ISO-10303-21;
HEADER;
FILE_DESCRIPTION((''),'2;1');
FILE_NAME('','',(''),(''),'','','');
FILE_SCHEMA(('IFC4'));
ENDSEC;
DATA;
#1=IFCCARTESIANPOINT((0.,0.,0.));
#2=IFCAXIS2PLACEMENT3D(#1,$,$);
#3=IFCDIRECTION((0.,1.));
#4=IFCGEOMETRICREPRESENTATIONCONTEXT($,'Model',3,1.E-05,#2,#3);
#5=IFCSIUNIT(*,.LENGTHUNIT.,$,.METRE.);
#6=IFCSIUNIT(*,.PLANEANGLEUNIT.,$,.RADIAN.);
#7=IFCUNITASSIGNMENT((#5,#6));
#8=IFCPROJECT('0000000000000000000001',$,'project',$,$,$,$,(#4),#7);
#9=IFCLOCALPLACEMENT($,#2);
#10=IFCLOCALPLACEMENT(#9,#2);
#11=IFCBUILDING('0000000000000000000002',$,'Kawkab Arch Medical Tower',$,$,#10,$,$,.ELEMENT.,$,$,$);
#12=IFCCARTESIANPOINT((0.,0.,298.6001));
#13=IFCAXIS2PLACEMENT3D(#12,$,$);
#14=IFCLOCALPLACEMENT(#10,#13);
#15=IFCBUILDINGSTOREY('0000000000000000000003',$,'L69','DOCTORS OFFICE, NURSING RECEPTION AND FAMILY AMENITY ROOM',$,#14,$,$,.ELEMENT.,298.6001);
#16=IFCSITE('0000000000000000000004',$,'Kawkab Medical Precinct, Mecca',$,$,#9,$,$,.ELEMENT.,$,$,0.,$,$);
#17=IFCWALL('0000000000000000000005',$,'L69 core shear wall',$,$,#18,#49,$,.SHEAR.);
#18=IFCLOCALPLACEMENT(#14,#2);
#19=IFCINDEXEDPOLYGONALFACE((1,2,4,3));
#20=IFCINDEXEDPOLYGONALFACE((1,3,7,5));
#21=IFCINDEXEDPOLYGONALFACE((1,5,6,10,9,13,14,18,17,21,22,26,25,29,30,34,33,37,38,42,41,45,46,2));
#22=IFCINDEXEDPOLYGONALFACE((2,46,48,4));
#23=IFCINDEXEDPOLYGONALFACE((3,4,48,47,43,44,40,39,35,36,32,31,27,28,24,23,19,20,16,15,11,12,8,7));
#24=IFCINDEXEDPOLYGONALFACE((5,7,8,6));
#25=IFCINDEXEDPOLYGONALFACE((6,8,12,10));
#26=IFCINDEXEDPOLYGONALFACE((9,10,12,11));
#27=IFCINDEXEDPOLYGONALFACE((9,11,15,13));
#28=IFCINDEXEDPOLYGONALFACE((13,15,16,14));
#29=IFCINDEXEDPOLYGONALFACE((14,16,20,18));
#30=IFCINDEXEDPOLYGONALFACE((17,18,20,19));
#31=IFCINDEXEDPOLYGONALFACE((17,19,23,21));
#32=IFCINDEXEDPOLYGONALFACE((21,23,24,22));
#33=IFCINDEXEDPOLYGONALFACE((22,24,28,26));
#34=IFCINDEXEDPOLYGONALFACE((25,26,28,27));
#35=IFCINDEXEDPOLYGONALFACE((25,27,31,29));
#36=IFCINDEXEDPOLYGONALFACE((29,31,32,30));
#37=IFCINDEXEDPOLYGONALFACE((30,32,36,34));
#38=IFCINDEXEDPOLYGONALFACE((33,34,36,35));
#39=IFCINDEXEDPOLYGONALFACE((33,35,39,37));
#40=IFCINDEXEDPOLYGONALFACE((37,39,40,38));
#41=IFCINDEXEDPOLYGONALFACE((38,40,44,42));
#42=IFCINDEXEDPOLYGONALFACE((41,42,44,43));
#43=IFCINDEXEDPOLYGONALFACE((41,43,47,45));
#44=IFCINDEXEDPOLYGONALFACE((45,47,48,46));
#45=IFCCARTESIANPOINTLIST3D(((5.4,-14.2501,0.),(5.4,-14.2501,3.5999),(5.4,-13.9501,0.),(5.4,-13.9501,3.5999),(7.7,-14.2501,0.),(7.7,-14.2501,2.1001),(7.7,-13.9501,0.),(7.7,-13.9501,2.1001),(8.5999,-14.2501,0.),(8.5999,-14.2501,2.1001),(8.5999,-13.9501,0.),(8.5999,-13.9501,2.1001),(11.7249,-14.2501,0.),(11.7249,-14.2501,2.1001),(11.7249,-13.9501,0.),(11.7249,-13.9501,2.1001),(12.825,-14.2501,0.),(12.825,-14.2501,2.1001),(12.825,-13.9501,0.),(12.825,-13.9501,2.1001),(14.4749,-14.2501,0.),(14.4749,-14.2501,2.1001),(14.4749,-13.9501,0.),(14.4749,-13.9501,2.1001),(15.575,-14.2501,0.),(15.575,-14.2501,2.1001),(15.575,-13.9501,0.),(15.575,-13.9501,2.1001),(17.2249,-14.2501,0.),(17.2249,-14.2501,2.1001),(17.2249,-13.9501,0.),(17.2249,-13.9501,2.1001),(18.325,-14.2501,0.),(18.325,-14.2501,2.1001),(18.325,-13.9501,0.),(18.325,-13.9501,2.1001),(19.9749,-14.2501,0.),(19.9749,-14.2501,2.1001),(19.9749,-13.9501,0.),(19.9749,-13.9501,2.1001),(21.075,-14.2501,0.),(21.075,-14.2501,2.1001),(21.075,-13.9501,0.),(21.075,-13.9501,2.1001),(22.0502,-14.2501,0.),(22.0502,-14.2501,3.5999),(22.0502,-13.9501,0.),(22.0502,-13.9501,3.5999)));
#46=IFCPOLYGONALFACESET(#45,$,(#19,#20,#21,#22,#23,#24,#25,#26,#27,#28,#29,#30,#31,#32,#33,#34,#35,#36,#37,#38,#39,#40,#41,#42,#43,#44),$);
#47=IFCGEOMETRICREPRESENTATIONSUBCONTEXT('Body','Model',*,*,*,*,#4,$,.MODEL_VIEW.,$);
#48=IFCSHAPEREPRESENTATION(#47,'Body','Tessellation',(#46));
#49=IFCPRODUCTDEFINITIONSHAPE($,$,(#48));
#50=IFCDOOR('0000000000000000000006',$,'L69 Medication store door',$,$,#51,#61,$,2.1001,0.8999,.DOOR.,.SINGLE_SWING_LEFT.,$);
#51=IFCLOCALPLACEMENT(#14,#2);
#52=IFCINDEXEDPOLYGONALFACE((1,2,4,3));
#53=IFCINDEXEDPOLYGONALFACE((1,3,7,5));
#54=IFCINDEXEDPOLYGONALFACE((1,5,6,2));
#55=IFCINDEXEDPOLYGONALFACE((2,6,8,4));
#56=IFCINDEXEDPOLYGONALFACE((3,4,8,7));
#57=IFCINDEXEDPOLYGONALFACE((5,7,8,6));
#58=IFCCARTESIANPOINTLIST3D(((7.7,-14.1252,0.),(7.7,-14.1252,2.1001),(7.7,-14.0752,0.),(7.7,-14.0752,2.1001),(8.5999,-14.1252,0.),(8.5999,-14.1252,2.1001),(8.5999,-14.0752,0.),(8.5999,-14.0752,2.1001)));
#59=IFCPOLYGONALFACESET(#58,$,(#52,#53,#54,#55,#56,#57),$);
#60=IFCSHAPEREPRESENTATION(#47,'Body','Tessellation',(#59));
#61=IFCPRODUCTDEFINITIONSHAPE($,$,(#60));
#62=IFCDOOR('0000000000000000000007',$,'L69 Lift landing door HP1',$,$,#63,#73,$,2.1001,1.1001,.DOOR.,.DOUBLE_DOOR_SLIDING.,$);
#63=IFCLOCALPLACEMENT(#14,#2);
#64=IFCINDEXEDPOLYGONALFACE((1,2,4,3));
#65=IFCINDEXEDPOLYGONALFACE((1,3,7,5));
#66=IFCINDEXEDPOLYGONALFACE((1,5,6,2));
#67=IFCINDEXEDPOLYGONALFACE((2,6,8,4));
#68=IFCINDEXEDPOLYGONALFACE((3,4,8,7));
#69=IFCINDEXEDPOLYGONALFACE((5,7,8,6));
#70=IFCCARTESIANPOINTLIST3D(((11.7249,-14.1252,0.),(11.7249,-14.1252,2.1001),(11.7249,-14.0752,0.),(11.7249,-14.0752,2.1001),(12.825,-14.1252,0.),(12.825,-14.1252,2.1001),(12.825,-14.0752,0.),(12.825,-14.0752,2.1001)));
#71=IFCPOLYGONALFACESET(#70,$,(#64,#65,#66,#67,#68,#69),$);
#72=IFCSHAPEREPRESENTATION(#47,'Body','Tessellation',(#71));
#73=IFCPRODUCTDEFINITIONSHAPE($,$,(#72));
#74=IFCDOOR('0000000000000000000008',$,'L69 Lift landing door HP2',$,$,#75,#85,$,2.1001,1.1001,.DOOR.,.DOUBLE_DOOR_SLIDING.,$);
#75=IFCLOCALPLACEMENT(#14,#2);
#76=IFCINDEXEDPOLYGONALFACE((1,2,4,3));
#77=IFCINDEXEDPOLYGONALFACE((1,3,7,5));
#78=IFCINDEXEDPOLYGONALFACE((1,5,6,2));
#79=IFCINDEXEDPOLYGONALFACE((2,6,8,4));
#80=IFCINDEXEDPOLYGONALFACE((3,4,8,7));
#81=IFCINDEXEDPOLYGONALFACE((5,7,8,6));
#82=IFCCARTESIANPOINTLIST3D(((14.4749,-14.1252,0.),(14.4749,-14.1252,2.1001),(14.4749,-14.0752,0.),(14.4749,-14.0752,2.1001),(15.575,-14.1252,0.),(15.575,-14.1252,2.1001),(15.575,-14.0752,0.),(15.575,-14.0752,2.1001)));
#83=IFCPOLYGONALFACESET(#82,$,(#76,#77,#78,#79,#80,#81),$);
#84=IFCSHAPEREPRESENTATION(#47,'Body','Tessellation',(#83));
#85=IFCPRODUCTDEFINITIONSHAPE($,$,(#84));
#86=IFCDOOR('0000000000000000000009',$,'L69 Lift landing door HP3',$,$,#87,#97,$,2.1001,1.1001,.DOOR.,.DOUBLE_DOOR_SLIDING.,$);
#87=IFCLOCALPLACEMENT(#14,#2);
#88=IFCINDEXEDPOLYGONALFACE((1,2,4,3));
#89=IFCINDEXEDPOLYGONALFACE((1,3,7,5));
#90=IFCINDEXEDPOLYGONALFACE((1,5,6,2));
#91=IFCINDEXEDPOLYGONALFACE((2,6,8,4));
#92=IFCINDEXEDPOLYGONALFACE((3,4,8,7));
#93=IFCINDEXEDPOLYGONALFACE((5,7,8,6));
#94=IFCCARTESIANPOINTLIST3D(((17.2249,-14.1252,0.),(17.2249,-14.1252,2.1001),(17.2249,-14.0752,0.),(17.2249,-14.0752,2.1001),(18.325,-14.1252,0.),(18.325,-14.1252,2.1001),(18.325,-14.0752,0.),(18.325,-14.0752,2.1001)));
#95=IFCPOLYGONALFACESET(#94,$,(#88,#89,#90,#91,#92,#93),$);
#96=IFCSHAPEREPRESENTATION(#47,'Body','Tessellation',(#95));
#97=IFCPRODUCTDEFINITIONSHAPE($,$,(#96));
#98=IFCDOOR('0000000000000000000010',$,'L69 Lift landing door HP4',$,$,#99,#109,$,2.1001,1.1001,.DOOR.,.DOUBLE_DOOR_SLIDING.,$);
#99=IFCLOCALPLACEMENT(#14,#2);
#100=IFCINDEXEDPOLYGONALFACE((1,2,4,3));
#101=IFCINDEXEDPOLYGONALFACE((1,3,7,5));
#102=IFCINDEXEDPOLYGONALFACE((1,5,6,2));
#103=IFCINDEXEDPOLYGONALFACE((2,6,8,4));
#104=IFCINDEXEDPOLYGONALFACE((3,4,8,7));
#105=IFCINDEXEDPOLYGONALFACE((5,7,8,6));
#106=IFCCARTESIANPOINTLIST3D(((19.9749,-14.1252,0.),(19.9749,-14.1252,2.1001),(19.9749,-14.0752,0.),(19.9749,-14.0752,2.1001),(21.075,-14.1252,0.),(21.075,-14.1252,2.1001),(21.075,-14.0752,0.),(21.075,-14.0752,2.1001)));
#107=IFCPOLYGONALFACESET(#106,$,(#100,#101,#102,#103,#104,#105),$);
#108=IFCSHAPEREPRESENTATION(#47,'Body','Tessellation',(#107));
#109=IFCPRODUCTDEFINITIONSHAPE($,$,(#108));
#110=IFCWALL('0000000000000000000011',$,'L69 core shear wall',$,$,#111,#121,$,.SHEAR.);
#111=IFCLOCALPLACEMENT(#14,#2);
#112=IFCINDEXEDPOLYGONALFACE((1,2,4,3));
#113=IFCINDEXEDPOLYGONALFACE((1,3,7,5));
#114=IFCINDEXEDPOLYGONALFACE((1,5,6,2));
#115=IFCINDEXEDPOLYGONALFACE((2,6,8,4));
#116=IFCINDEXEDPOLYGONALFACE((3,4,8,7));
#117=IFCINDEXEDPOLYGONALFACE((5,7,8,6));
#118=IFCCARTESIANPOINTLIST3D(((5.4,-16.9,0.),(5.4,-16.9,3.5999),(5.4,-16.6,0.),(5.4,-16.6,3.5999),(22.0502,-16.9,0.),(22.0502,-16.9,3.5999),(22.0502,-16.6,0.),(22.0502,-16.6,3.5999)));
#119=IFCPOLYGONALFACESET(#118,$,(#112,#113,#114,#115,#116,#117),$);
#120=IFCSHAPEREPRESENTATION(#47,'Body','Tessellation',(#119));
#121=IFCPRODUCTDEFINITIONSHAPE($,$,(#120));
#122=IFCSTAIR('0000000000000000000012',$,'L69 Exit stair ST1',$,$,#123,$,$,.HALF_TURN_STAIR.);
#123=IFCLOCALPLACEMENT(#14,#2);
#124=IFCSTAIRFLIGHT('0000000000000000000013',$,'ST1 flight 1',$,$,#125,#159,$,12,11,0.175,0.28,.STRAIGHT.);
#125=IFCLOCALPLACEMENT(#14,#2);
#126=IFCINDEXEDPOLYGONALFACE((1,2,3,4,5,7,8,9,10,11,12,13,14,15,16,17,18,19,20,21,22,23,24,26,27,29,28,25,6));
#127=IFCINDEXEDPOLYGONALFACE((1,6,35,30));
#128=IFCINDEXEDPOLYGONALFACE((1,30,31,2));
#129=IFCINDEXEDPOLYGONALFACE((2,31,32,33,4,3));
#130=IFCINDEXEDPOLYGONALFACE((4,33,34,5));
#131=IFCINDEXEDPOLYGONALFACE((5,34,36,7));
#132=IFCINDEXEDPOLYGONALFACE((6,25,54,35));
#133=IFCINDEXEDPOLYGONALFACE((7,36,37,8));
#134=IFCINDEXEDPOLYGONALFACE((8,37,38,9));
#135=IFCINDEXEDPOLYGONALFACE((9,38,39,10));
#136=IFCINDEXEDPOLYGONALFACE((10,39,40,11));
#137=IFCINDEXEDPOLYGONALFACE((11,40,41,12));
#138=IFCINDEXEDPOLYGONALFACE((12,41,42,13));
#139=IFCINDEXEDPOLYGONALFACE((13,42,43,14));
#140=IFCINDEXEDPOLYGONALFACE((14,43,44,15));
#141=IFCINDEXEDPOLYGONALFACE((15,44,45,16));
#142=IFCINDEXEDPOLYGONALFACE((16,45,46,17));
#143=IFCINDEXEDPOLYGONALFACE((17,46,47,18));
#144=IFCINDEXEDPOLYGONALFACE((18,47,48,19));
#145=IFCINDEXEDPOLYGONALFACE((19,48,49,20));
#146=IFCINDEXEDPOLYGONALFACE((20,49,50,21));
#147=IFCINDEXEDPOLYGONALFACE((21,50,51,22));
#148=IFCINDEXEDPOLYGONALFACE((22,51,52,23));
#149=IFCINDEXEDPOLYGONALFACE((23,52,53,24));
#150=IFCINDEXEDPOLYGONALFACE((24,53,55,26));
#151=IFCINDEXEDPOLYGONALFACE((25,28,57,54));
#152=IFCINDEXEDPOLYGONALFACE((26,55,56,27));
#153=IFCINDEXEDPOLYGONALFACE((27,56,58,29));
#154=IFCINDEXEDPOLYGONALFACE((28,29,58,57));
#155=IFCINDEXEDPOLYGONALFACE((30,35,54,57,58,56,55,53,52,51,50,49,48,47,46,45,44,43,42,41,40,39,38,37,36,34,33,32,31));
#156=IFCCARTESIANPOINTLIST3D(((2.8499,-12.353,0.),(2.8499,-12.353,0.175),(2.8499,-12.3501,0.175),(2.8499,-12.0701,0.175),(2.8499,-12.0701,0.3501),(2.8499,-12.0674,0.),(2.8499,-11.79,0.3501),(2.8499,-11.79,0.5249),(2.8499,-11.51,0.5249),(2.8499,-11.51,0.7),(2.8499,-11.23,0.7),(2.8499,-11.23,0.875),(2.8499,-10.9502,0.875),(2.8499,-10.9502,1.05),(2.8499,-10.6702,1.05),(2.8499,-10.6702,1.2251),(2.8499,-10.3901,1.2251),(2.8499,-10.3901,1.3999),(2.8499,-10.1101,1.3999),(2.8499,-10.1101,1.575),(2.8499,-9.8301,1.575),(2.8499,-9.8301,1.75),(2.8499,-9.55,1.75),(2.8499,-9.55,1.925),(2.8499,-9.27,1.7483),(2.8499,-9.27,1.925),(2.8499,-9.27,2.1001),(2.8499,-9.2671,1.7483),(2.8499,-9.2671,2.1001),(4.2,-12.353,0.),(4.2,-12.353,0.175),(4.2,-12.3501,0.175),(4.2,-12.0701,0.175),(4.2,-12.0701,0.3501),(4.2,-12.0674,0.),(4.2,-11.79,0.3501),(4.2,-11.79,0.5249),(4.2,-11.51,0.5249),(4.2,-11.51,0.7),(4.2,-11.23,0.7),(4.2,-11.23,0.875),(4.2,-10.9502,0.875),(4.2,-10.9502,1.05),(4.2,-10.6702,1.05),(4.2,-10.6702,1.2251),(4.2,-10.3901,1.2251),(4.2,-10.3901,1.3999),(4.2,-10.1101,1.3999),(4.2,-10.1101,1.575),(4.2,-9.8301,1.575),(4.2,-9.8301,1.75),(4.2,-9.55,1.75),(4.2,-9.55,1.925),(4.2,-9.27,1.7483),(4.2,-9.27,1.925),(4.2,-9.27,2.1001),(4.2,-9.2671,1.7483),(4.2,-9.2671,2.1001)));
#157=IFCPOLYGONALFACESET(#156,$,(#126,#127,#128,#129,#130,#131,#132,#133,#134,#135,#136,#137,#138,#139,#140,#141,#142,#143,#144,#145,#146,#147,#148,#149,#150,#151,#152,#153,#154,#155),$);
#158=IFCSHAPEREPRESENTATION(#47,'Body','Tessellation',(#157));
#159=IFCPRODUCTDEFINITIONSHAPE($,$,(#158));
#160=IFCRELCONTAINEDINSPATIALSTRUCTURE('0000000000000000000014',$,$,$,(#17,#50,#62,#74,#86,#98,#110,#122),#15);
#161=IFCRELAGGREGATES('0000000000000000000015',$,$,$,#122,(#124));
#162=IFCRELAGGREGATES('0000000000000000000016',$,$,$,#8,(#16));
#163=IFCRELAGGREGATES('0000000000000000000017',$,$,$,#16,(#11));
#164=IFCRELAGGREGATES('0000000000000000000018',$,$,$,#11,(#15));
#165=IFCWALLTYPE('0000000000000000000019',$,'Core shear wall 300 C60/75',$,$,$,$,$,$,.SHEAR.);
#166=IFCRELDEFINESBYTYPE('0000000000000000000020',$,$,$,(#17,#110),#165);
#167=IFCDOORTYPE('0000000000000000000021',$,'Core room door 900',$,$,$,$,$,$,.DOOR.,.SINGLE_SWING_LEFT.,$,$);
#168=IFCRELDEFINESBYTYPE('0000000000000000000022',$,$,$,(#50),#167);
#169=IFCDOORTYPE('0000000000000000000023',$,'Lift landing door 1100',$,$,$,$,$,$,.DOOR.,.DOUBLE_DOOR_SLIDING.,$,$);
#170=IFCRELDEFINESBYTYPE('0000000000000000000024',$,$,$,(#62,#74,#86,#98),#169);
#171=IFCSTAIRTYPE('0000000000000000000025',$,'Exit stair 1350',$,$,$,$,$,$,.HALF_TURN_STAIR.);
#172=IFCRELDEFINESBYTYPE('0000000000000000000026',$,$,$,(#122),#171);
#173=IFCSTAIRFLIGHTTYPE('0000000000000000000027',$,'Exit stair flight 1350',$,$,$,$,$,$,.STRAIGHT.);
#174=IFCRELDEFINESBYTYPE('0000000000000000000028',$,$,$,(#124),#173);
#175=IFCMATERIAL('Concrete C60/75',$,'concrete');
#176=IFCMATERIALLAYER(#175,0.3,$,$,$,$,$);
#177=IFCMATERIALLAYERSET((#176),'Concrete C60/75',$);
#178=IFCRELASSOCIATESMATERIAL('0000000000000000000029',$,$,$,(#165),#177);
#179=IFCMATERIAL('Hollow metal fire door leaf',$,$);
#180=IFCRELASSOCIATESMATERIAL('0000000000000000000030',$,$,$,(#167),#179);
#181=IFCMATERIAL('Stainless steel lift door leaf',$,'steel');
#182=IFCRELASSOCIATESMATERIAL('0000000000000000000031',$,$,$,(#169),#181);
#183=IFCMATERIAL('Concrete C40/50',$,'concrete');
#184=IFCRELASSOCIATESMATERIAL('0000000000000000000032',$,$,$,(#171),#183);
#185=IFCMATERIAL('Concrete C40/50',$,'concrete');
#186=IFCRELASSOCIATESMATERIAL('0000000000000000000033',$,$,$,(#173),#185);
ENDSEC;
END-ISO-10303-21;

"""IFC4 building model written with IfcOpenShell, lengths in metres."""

from ifc_helpers import new_model, si_unit, direction, frame, frame_2d, origin, place, context, subcontext, project, spatial, polyline, rectangle, outline, extrude, material, layer, layer_set, type_object, element, fill, aggregate, save


model = new_model("IFC4")

# Units and contexts
model_context = context("Model", 3, precision=1e-05, world=origin(), true_north=direction((0.0, 1.0)))
body_context = subcontext(model_context, "Body", "Model", "MODEL_VIEW")
ifc_project = project(units=[si_unit("LENGTHUNIT", "METRE"), si_unit("PLANEANGLEUNIT", "RADIAN")], contexts=[model_context])

# Site, building, storey
site_placement = place(None, origin())
site = spatial("IfcSite", under=ifc_project, at=site_placement, Name="Kawkab Medical Precinct, Mecca", CompositionType="ELEMENT", RefElevation=0.0)
building_placement = place(site_placement, origin())
building = spatial("IfcBuilding", under=site, at=building_placement, Name="Kawkab Arch Medical Tower", CompositionType="ELEMENT")
storey_placement = place(building_placement, frame((0.0, 0.0, 298.6001)))
storey = spatial("IfcBuildingStorey", under=building, at=storey_placement, Name="L69", Description="DOCTORS OFFICE, NURSING RECEPTION AND FAMILY AMENITY ROOM", CompositionType="ELEMENT", Elevation=298.6001)

# Wall, openings, doors
ifc_material_1 = material(Name="Concrete C60/75", Category="concrete")
ifc_layer = layer(ifc_material_1, 0.3)
ifc_layer_set = layer_set([ifc_layer], Name="Concrete C60/75")
wall_type = type_object("IfcWallType", Name="Core shear wall 300 C60/75", PredefinedType="SHEAR", material=ifc_layer_set)
wall_1_placement = place(storey_placement, frame((5.3999, -14.1001, 0.0), z_axis=(0.0, 0.0, 1.0), x_axis=(1.0, 0.0, 0.0)))
wall_1 = element("IfcWall", 1, at=wall_1_placement, inside=storey, type_object=wall_type, Name="L69 core shear wall", PredefinedType="SHEAR", context=body_context, shape_type="SweptSolid", body=[
    extrude(rectangle(XDim=16.6501, YDim=0.3, at=frame_2d((8.3252, 0.0))), origin(), (0.0, 0.0, 1.0), 3.5999),
])
opening_1_placement = place(wall_1_placement, frame((6.325, 0.0, 0.0)))
opening_1 = element("IfcOpeningElement", 2, at=opening_1_placement, cuts=wall_1, PredefinedType="OPENING", context=body_context, shape_type="SweptSolid", body=[
    extrude(rectangle(XDim=1.1001, YDim=2.1001, at=frame_2d((0.55, 1.05))), frame((0.0, 0.1599, 0.0), z_axis=(0.0, -1.0, 0.0), x_axis=(1.0, 0.0, 0.0)), (0.0, 0.0, 1.0), 0.3201),
])
opening_2_placement = place(wall_1_placement, frame((9.075, 0.0, 0.0)))
opening_2 = element("IfcOpeningElement", 3, at=opening_2_placement, cuts=wall_1, PredefinedType="OPENING", context=body_context, shape_type="SweptSolid", body=[
    extrude(rectangle(XDim=1.1001, YDim=2.1001, at=frame_2d((0.55, 1.05))), frame((0.0, 0.1599, 0.0), z_axis=(0.0, -1.0, 0.0), x_axis=(1.0, 0.0, 0.0)), (0.0, 0.0, 1.0), 0.3201),
])
opening_3_placement = place(wall_1_placement, frame((11.825, 0.0, 0.0)))
opening_3 = element("IfcOpeningElement", 4, at=opening_3_placement, cuts=wall_1, PredefinedType="OPENING", context=body_context, shape_type="SweptSolid", body=[
    extrude(rectangle(XDim=1.1001, YDim=2.1001, at=frame_2d((0.55, 1.05))), frame((0.0, 0.1599, 0.0), z_axis=(0.0, -1.0, 0.0), x_axis=(1.0, 0.0, 0.0)), (0.0, 0.0, 1.0), 0.3201),
])
opening_4_placement = place(wall_1_placement, frame((14.575, 0.0, 0.0)))
opening_4 = element("IfcOpeningElement", 5, at=opening_4_placement, cuts=wall_1, PredefinedType="OPENING", context=body_context, shape_type="SweptSolid", body=[
    extrude(rectangle(XDim=1.1001, YDim=2.1001, at=frame_2d((0.55, 1.05))), frame((0.0, 0.1599, 0.0), z_axis=(0.0, -1.0, 0.0), x_axis=(1.0, 0.0, 0.0)), (0.0, 0.0, 1.0), 0.3201),
])
opening_5_placement = place(wall_1_placement, frame((2.3, 0.0, 0.0)))
opening_5 = element("IfcOpeningElement", 6, at=opening_5_placement, cuts=wall_1, PredefinedType="OPENING", context=body_context, shape_type="SweptSolid", body=[
    extrude(rectangle(XDim=0.8999, YDim=2.1001, at=frame_2d((0.45, 1.05))), frame((0.0, 0.1599, 0.0), z_axis=(0.0, -1.0, 0.0), x_axis=(1.0, 0.0, 0.0)), (0.0, 0.0, 1.0), 0.3201),
])
ifc_material_2 = material(Name="Hollow metal fire door leaf")
door_type_1 = type_object("IfcDoorType", Name="Core room door 900", OperationType="SINGLE_SWING_LEFT", PredefinedType="DOOR", material=ifc_material_2)
door_1_placement = place(opening_5_placement, origin())
door_1 = element("IfcDoor", 7, at=door_1_placement, inside=storey, type_object=door_type_1, Name="L69 Medication store door", OperationType="SINGLE_SWING_LEFT", OverallHeight=2.1001, OverallWidth=0.8999, PredefinedType="DOOR", context=body_context, shape_type="SweptSolid", body=[
    extrude(rectangle(XDim=0.8999, YDim=2.1001, at=frame_2d((0.45, 1.05))), frame((0.0, 0.0249, 0.0), z_axis=(0.0, -1.0, 0.0), x_axis=(1.0, 0.0, 0.0)), (0.0, 0.0, 1.0), 0.05),
])
fill(opening_5, door_1)
ifc_material_3 = material(Name="Stainless steel lift door leaf", Category="steel")
door_type_2 = type_object("IfcDoorType", Name="Lift landing door 1100", OperationType="DOUBLE_DOOR_SLIDING", PredefinedType="DOOR", material=ifc_material_3)
door_2_placement = place(opening_1_placement, origin())
door_2 = element("IfcDoor", 8, at=door_2_placement, inside=storey, type_object=door_type_2, Name="L69 Lift landing door HP1", OperationType="DOUBLE_DOOR_SLIDING", OverallHeight=2.1001, OverallWidth=1.1001, PredefinedType="DOOR", context=body_context, shape_type="SweptSolid", body=[
    extrude(rectangle(XDim=1.1001, YDim=2.1001, at=frame_2d((0.55, 1.05))), frame((0.0, 0.0249, 0.0), z_axis=(0.0, -1.0, 0.0), x_axis=(1.0, 0.0, 0.0)), (0.0, 0.0, 1.0), 0.05),
])
fill(opening_1, door_2)
door_3_placement = place(opening_2_placement, origin())
door_3 = element("IfcDoor", 9, at=door_3_placement, inside=storey, type_object=door_type_2, Name="L69 Lift landing door HP2", OperationType="DOUBLE_DOOR_SLIDING", OverallHeight=2.1001, OverallWidth=1.1001, PredefinedType="DOOR", context=body_context, shape_type="SweptSolid", body=[
    extrude(rectangle(XDim=1.1001, YDim=2.1001, at=frame_2d((0.55, 1.05))), frame((0.0, 0.0249, 0.0), z_axis=(0.0, -1.0, 0.0), x_axis=(1.0, 0.0, 0.0)), (0.0, 0.0, 1.0), 0.05),
])
fill(opening_2, door_3)
door_4_placement = place(opening_3_placement, origin())
door_4 = element("IfcDoor", 10, at=door_4_placement, inside=storey, type_object=door_type_2, Name="L69 Lift landing door HP3", OperationType="DOUBLE_DOOR_SLIDING", OverallHeight=2.1001, OverallWidth=1.1001, PredefinedType="DOOR", context=body_context, shape_type="SweptSolid", body=[
    extrude(rectangle(XDim=1.1001, YDim=2.1001, at=frame_2d((0.55, 1.05))), frame((0.0, 0.0249, 0.0), z_axis=(0.0, -1.0, 0.0), x_axis=(1.0, 0.0, 0.0)), (0.0, 0.0, 1.0), 0.05),
])
fill(opening_3, door_4)
door_5_placement = place(opening_4_placement, origin())
door_5 = element("IfcDoor", 11, at=door_5_placement, inside=storey, type_object=door_type_2, Name="L69 Lift landing door HP4", OperationType="DOUBLE_DOOR_SLIDING", OverallHeight=2.1001, OverallWidth=1.1001, PredefinedType="DOOR", context=body_context, shape_type="SweptSolid", body=[
    extrude(rectangle(XDim=1.1001, YDim=2.1001, at=frame_2d((0.55, 1.05))), frame((0.0, 0.0249, 0.0), z_axis=(0.0, -1.0, 0.0), x_axis=(1.0, 0.0, 0.0)), (0.0, 0.0, 1.0), 0.05),
])
fill(opening_4, door_5)

# Wall
wall_2_placement = place(storey_placement, frame((5.3999, -16.75, 0.0), z_axis=(0.0, 0.0, 1.0), x_axis=(1.0, 0.0, 0.0)))
element("IfcWall", 12, at=wall_2_placement, inside=storey, type_object=wall_type, Name="L69 core shear wall", PredefinedType="SHEAR", context=body_context, shape_type="SweptSolid", body=[
    extrude(rectangle(XDim=16.6501, YDim=0.3, at=frame_2d((8.3252, 0.0))), origin(), (0.0, 0.0, 1.0), 3.5999),
])

# Stair, stair flight
ifc_material_4 = material(Name="Concrete C40/50", Category="concrete")
stair_type = type_object("IfcStairType", Name="Exit stair 1350", PredefinedType="HALF_TURN_STAIR", material=ifc_material_4)
placement = place(storey_placement, origin())
stair_1 = element("IfcStair", 13, at=placement, inside=storey, type_object=stair_type, Name="L69 Exit stair ST1", PredefinedType="HALF_TURN_STAIR")
ifc_material_5 = material(Name="Concrete C40/50", Category="concrete")
stair_flight_type = type_object("IfcStairFlightType", Name="Exit stair flight 1350", PredefinedType="STRAIGHT", material=ifc_material_5)
stair_flight_1_placement = place(storey_placement, frame((3.5249, -12.3501, 0.0), z_axis=(0.0, 0.0, 1.0), x_axis=(0.0, 1.0, 0.0)))
stair_flight_1 = element("IfcStairFlight", 14, at=stair_flight_1_placement, type_object=stair_flight_type, Name="ST1 flight 1", NumberOfRisers=12, NumberOfTreads=11, PredefinedType="STRAIGHT", RiserHeight=0.175, TreadLength=0.28, context=body_context, shape_type="SweptSolid", body=[
    extrude(outline(polyline([(-0.0029, 0.0), (-0.0029, 0.175), (0.0, 0.175), (0.28, 0.175), (0.28, 0.3501), (0.5601, 0.3501), (0.5601, 0.5249), (0.8401, 0.5249), (0.8401, 0.7), (1.1201, 0.7), (1.1201, 0.875), (1.3999, 0.875), (1.3999, 1.05), (1.6799, 1.05), (1.6799, 1.2251), (1.96, 1.2251), (1.96, 1.3999), (2.24, 1.3999), (2.24, 1.575), (2.52, 1.575), (2.52, 1.75), (2.8, 1.75), (2.8, 1.925), (3.0801, 1.925), (3.0801, 2.1001), (3.083, 2.1001), (3.083, 1.7483), (3.0801, 1.7483), (0.2827, 0.0), (-0.0029, 0.0)])), frame((0.0, 0.675, 0.0), z_axis=(0.0, -1.0, 0.0), x_axis=(1.0, 0.0, 0.0)), (0.0, 0.0, 1.0), 1.3501),
])
aggregate(stair_1, [stair_flight_1])

save(model, "model.ifc")
